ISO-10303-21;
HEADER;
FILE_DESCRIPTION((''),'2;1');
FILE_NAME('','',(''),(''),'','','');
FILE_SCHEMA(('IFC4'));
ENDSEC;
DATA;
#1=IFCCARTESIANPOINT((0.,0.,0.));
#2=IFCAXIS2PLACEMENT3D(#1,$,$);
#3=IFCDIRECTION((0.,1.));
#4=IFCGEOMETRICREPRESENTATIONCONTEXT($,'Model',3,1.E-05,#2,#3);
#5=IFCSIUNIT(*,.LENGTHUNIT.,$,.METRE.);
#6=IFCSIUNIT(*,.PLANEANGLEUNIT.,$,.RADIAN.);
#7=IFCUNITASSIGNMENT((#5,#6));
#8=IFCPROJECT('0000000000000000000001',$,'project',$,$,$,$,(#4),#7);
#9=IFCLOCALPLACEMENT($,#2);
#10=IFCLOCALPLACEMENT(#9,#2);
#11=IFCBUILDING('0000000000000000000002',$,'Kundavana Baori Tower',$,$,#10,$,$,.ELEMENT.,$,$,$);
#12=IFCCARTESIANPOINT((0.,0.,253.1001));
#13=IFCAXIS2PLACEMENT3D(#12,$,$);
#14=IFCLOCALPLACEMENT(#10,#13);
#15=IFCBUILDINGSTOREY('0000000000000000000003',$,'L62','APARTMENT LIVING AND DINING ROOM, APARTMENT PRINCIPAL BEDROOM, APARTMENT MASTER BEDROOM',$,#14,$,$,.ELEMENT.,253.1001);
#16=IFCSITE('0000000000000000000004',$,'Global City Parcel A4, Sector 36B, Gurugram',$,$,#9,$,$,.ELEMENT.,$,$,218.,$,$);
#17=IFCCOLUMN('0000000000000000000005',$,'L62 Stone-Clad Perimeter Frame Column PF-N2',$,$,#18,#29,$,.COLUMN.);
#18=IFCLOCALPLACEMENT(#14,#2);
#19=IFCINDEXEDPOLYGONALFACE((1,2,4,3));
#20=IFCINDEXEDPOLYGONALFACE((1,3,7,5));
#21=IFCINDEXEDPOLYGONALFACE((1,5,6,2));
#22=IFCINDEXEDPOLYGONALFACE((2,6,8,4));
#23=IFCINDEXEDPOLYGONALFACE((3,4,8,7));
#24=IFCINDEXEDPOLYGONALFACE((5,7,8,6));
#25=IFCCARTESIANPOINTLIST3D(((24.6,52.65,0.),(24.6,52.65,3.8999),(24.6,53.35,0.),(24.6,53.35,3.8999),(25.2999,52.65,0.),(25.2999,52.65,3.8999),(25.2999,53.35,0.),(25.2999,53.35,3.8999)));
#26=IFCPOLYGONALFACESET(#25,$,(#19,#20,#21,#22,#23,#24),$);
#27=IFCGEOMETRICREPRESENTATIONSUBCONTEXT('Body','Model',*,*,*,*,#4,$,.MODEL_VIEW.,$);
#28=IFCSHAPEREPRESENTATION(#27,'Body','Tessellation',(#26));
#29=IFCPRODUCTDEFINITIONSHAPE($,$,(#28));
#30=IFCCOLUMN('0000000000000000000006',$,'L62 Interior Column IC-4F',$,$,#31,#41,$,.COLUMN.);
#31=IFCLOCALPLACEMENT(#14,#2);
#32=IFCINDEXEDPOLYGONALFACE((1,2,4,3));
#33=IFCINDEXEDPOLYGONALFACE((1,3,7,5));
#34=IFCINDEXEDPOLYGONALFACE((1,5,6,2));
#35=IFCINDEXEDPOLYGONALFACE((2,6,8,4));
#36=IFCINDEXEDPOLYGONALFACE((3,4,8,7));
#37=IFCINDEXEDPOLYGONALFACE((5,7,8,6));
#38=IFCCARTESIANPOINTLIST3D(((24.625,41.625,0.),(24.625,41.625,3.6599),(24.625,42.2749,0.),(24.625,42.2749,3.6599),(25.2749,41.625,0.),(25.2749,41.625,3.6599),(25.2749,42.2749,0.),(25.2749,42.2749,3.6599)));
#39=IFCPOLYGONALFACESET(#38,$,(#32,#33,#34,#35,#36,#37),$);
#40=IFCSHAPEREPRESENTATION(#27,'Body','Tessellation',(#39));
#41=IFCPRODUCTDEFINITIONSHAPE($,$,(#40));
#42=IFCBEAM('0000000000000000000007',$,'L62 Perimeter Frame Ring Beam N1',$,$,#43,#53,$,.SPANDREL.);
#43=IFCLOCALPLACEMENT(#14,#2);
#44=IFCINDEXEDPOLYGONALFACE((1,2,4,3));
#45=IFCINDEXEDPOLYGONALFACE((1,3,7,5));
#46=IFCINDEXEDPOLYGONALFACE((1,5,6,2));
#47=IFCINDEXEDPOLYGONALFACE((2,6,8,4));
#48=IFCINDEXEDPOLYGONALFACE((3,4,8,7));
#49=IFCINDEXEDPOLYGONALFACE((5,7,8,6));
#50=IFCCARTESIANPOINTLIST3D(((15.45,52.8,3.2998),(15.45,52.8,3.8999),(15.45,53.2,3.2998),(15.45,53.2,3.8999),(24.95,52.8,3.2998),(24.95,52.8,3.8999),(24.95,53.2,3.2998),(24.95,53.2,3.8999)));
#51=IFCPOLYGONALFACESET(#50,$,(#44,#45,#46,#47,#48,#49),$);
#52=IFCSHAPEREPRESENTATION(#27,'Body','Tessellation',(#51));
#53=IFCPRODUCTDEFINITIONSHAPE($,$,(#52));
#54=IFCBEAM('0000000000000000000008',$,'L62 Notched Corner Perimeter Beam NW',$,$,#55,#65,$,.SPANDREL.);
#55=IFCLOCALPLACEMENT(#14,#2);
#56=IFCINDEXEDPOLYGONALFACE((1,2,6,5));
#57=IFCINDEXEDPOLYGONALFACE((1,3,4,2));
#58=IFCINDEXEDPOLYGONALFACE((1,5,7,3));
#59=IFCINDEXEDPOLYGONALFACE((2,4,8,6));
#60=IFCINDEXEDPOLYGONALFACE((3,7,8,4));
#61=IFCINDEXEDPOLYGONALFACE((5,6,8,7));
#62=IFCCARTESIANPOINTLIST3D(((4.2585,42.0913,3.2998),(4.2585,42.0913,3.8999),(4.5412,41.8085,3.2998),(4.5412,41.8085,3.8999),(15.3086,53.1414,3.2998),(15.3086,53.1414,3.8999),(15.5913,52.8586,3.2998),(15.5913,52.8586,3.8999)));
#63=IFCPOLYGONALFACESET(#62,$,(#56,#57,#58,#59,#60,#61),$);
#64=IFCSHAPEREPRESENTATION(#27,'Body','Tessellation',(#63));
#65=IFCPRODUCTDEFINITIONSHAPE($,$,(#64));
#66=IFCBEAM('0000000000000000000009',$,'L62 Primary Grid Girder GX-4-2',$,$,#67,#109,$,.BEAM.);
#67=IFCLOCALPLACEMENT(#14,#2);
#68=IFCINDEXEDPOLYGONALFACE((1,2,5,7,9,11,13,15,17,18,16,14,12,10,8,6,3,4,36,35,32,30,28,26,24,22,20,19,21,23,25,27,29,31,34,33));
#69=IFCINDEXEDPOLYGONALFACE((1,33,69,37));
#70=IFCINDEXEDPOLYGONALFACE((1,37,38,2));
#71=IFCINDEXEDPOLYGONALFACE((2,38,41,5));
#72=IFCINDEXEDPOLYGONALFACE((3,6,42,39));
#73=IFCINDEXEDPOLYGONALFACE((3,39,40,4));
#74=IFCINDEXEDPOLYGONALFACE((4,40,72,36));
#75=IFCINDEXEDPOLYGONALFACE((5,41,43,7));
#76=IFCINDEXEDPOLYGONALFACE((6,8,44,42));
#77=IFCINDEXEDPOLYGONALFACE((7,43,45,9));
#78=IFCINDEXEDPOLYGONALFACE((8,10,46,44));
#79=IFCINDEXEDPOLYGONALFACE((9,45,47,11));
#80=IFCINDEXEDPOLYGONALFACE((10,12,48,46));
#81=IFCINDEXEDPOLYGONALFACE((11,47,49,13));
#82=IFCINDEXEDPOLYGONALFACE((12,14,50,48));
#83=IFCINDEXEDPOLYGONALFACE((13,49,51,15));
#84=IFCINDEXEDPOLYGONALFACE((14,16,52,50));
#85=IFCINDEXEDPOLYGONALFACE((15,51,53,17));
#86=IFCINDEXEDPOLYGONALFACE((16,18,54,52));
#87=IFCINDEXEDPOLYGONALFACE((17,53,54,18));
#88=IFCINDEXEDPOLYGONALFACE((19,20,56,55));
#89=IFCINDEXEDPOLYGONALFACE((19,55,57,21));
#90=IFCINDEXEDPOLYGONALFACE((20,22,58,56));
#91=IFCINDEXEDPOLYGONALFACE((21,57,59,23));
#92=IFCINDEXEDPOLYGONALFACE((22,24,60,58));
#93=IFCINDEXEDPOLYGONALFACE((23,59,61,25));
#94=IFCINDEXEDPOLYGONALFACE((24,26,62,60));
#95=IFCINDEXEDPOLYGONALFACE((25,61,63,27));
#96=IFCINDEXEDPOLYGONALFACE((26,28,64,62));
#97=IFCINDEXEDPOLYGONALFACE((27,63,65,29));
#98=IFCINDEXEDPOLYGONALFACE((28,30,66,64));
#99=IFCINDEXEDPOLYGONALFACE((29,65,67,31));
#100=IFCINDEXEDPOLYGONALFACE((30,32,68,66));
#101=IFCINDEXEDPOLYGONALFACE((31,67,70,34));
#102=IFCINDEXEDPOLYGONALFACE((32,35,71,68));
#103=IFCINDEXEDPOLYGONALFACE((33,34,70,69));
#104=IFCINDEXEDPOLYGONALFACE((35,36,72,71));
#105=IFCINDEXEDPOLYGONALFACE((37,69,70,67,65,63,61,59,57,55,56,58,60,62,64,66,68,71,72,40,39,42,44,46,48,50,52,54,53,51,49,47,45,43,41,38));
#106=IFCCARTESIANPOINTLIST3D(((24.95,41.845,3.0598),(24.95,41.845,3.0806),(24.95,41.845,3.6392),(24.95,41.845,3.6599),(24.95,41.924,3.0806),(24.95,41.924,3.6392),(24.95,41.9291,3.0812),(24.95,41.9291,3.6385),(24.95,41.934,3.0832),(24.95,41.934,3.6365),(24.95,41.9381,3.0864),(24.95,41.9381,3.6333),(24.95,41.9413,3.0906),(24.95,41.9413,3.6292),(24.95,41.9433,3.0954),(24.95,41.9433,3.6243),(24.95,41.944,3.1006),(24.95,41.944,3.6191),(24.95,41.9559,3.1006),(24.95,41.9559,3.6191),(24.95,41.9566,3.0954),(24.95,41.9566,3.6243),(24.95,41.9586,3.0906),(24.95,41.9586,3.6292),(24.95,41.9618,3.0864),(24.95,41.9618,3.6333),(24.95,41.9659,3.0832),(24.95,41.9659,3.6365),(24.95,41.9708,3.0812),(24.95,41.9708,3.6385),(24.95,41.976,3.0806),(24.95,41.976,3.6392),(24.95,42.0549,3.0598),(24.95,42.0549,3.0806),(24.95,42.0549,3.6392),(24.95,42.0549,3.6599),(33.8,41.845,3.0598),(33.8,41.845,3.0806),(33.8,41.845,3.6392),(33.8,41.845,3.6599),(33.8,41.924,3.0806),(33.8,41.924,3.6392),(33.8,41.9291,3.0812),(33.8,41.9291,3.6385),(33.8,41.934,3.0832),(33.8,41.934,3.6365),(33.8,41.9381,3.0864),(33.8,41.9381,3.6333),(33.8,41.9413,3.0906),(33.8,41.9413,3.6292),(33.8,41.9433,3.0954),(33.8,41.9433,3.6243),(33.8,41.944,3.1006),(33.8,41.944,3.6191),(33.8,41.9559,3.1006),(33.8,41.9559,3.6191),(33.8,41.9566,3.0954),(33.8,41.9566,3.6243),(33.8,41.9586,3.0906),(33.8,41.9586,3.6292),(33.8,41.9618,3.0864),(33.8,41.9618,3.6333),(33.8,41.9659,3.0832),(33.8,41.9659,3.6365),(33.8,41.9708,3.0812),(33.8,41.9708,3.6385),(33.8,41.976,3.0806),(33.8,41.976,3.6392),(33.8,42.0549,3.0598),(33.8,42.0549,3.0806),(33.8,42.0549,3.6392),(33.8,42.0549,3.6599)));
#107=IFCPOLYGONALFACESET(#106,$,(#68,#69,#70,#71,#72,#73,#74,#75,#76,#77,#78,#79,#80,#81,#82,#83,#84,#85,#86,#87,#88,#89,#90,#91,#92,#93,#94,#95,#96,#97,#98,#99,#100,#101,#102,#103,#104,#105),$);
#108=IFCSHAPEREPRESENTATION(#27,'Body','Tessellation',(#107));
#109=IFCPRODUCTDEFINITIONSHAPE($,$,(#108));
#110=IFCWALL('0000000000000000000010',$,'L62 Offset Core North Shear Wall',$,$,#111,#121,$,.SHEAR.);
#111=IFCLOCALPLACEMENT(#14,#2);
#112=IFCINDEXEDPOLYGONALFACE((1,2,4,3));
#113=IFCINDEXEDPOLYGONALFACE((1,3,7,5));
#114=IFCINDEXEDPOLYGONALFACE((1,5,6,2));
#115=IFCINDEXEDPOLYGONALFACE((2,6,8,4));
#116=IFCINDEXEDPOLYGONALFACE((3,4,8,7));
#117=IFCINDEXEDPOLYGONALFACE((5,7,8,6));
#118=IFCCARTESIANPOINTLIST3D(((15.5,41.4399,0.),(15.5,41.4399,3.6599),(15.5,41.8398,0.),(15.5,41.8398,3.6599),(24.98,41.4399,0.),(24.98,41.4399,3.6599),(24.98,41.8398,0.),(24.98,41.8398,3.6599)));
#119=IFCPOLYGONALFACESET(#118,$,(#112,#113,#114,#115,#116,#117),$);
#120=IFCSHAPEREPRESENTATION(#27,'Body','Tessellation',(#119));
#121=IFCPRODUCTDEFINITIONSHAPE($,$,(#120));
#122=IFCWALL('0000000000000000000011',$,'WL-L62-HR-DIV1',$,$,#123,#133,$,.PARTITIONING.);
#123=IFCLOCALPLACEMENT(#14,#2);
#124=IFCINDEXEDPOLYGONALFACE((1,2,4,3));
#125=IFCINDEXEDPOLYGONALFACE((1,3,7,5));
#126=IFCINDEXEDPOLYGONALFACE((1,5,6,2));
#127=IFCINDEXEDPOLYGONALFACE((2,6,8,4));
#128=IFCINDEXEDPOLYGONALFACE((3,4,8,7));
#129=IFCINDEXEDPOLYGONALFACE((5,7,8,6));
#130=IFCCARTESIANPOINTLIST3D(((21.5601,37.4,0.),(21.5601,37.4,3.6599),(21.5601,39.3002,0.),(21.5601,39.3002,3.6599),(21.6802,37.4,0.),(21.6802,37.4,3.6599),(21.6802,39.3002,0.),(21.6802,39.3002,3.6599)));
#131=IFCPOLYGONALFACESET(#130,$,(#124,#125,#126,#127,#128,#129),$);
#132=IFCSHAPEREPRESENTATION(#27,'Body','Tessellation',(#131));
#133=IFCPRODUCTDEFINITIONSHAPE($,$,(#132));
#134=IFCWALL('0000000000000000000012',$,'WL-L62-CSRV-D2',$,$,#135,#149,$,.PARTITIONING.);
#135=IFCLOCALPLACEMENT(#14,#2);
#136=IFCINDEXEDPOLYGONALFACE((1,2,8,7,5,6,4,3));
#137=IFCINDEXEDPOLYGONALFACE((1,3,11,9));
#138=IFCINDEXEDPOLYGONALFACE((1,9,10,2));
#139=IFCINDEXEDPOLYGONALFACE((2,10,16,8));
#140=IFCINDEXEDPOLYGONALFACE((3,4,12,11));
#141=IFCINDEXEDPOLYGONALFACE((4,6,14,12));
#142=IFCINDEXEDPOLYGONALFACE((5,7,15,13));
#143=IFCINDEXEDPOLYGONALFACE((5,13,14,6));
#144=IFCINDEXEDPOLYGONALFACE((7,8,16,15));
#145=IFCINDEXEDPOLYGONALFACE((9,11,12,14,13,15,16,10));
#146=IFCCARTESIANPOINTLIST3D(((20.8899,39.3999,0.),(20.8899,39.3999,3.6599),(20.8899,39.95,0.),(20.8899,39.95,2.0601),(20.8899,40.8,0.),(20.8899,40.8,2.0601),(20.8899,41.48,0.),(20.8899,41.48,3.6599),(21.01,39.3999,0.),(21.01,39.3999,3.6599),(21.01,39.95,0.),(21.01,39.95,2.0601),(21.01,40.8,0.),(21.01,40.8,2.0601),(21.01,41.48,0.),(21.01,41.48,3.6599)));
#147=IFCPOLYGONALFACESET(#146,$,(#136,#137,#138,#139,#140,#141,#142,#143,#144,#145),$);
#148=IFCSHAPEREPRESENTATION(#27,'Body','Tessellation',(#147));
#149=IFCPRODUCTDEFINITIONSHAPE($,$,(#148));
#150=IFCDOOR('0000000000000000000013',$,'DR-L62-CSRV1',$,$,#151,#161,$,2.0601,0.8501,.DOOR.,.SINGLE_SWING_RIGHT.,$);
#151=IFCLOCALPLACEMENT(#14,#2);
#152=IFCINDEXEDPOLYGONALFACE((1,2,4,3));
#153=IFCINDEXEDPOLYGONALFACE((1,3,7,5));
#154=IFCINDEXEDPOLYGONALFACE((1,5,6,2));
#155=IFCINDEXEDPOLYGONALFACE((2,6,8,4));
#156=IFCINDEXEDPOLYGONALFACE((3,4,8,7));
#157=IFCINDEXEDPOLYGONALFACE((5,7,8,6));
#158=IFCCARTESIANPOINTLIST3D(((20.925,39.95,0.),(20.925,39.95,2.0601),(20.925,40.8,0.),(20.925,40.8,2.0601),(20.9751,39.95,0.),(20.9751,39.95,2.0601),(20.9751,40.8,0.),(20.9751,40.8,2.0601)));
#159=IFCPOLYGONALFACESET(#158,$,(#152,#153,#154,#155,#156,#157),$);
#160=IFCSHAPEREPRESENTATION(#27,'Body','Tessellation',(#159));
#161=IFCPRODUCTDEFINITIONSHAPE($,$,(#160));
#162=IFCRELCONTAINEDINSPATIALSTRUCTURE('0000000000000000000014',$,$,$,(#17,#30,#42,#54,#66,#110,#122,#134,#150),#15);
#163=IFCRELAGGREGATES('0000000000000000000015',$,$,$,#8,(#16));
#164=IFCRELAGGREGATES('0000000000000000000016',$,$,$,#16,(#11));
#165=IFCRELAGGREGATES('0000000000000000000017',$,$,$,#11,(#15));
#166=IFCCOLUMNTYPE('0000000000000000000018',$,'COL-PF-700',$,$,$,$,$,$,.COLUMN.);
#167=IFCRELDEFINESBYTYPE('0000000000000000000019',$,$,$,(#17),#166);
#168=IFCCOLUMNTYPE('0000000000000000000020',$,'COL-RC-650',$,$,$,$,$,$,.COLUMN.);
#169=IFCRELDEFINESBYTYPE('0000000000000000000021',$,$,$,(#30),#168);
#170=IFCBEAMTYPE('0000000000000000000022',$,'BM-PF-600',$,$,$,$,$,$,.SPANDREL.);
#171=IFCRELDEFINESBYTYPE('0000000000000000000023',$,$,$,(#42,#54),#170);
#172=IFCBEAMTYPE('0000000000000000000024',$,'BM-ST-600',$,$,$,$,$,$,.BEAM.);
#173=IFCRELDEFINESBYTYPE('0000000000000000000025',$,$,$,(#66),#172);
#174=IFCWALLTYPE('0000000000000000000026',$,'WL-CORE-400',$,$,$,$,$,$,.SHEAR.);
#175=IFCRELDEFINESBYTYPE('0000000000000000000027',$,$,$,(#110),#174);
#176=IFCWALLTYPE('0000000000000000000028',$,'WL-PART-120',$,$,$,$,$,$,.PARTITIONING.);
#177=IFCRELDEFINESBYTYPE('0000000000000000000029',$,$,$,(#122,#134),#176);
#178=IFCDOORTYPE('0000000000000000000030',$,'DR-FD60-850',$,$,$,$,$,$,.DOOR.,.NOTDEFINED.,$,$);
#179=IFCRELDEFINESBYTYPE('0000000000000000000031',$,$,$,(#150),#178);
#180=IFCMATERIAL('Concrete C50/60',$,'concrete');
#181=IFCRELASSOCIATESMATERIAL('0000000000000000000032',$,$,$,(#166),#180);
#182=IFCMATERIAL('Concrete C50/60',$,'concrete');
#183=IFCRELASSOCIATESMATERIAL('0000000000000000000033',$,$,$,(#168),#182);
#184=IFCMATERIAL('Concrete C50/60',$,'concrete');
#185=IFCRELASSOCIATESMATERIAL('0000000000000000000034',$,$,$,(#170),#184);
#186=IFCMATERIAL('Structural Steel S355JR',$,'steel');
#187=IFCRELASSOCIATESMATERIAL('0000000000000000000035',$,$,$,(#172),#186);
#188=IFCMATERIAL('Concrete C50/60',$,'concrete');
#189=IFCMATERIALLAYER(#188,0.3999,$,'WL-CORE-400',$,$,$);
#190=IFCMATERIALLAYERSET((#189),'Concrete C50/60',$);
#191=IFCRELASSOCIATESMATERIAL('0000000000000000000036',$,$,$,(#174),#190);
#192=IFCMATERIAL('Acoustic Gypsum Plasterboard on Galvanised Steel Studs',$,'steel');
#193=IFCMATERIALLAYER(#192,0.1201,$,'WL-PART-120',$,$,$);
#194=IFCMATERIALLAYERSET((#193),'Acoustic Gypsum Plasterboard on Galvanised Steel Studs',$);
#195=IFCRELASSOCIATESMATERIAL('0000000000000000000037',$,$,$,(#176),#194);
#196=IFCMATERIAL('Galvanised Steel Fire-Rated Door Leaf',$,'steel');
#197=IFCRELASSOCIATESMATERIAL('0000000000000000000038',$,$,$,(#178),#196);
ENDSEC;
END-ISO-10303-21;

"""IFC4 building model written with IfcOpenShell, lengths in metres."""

from ifc_helpers import new_model, si_unit, direction, frame, frame_2d, origin, origin_2d, place, context, subcontext, project, spatial, rectangle, i_section, extrude, material, layer, layer_set, material_profile, profile_set, type_object, element, fill, save


model = new_model("IFC4")

# Units and contexts
model_context = context("Model", 3, precision=1e-05, world=origin(), true_north=direction((0.0, 1.0)))
body_context = subcontext(model_context, "Body", "Model", "MODEL_VIEW")
ifc_project = project(units=[si_unit("LENGTHUNIT", "METRE"), si_unit("PLANEANGLEUNIT", "RADIAN")], contexts=[model_context])

# Site, building, storey
site_placement = place(None, origin())
site = spatial("IfcSite", under=ifc_project, at=site_placement, Name="Global City Parcel A4, Sector 36B, Gurugram", CompositionType="ELEMENT", RefElevation=218.0)
building_placement = place(site_placement, origin())
building = spatial("IfcBuilding", under=site, at=building_placement, Name="Kundavana Baori Tower", CompositionType="ELEMENT")
storey_placement = place(building_placement, frame((0.0, 0.0, 253.1001)))
storey = spatial("IfcBuildingStorey", under=building, at=storey_placement, Name="L62", Description="APARTMENT LIVING AND DINING ROOM, APARTMENT PRINCIPAL BEDROOM, APARTMENT MASTER BEDROOM", CompositionType="ELEMENT", Elevation=253.1001)

# Columns
ifc_material_1 = material(Name="Concrete C50/60", Category="concrete")
ifc_material_profile_1 = material_profile(ifc_material_1, rectangle(XDim=0.7, YDim=0.7, at=origin_2d()), Name="RC PF 700x700")
ifc_profile_set_1 = profile_set([ifc_material_profile_1], Name="Concrete C50/60")
column_type_1 = type_object("IfcColumnType", Name="COL-PF-700", PredefinedType="COLUMN", material=ifc_profile_set_1)
column_1_placement = place(storey_placement, frame((24.95, 53.0, 0.0), z_axis=(0.0, 0.0, 1.0), x_axis=(1.0, 0.0, 0.0)))
element("IfcColumn", 1, at=column_1_placement, inside=storey, type_object=column_type_1, Name="L62 Stone-Clad Perimeter Frame Column PF-N2", PredefinedType="COLUMN", context=body_context, shape_type="SweptSolid", body=[
    extrude(rectangle(XDim=0.7, YDim=0.7, at=origin_2d()), origin(), (0.0, 0.0, 1.0), 3.8999),
])
ifc_material_2 = material(Name="Concrete C50/60", Category="concrete")
ifc_material_profile_2 = material_profile(ifc_material_2, rectangle(XDim=0.6499, YDim=0.6499, at=origin_2d()), Name="RC 650x650")
ifc_profile_set_2 = profile_set([ifc_material_profile_2], Name="Concrete C50/60")
column_type_2 = type_object("IfcColumnType", Name="COL-RC-650", PredefinedType="COLUMN", material=ifc_profile_set_2)
column_2_placement = place(storey_placement, frame((24.95, 41.95, 0.0), z_axis=(0.0, 0.0, 1.0), x_axis=(1.0, 0.0, 0.0)))
element("IfcColumn", 2, at=column_2_placement, inside=storey, type_object=column_type_2, Name="L62 Interior Column IC-4F", PredefinedType="COLUMN", context=body_context, shape_type="SweptSolid", body=[
    extrude(rectangle(XDim=0.6499, YDim=0.6499, at=origin_2d()), origin(), (0.0, 0.0, 1.0), 3.6599),
])

# Beams
ifc_material_3 = material(Name="Concrete C50/60", Category="concrete")
ifc_material_profile_3 = material_profile(ifc_material_3, rectangle(XDim=0.3999, YDim=0.6001, at=origin_2d()), Name="RC BM 400x600")
ifc_profile_set_3 = profile_set([ifc_material_profile_3], Name="Concrete C50/60")
beam_type_1 = type_object("IfcBeamType", Name="BM-PF-600", PredefinedType="SPANDREL", material=ifc_profile_set_3)
beam_1_placement = place(storey_placement, frame((15.45, 53.0, 3.5999), z_axis=(1.0, 0.0, 0.0), x_axis=(0.0, 1.0, 0.0)))
element("IfcBeam", 3, at=beam_1_placement, inside=storey, type_object=beam_type_1, Name="L62 Perimeter Frame Ring Beam N1", PredefinedType="SPANDREL", context=body_context, shape_type="SweptSolid", body=[
    extrude(rectangle(XDim=0.3999, YDim=0.6001, at=origin_2d()), origin(), (0.0, 0.0, 1.0), 9.5),
])
beam_2_placement = place(storey_placement, frame((15.45, 53.0, 3.5999), z_axis=(-0.707107, -0.707107, 0.0), x_axis=(0.707107, -0.707107, 0.0)))
element("IfcBeam", 4, at=beam_2_placement, inside=storey, type_object=beam_type_1, Name="L62 Notched Corner Perimeter Beam NW", PredefinedType="SPANDREL", context=body_context, shape_type="SweptSolid", body=[
    extrude(rectangle(XDim=0.3999, YDim=0.6001, at=origin_2d()), origin(), (0.0, 0.0, 1.0), 15.6272),
])
ifc_material_4 = material(Name="Structural Steel S355JR", Category="steel")
ifc_material_profile_4 = material_profile(ifc_material_4, i_section(OverallWidth=0.21, OverallDepth=0.6001, WebThickness=0.012, FlangeThickness=0.0208, FilletRadius=0.02, at=origin_2d()), Name="ISMB 600")
ifc_profile_set_4 = profile_set([ifc_material_profile_4], Name="Structural Steel S355JR")
beam_type_2 = type_object("IfcBeamType", Name="BM-ST-600", PredefinedType="BEAM", material=ifc_profile_set_4)
beam_3_placement = place(storey_placement, frame((24.95, 41.95, 3.3599), z_axis=(1.0, 0.0, 0.0), x_axis=(0.0, 1.0, 0.0)))
element("IfcBeam", 5, at=beam_3_placement, inside=storey, type_object=beam_type_2, Name="L62 Primary Grid Girder GX-4-2", PredefinedType="BEAM", context=body_context, shape_type="SweptSolid", body=[
    extrude(i_section(OverallWidth=0.21, OverallDepth=0.6001, WebThickness=0.012, FlangeThickness=0.0208, FilletRadius=0.02, at=origin_2d()), origin(), (0.0, 0.0, 1.0), 8.8501),
])

# Walls
ifc_material_5 = material(Name="Concrete C50/60", Category="concrete")
ifc_layer_1 = layer(ifc_material_5, 0.3999, Name="WL-CORE-400")
ifc_layer_set_1 = layer_set([ifc_layer_1], Name="Concrete C50/60")
wall_type_1 = type_object("IfcWallType", Name="WL-CORE-400", PredefinedType="SHEAR", material=ifc_layer_set_1)
wall_1_placement = place(storey_placement, frame((15.5, 41.6399, 0.0), z_axis=(0.0, 0.0, 1.0), x_axis=(1.0, 0.0, 0.0)))
element("IfcWall", 6, at=wall_1_placement, inside=storey, type_object=wall_type_1, Name="L62 Offset Core North Shear Wall", PredefinedType="SHEAR", context=body_context, shape_type="SweptSolid", body=[
    extrude(rectangle(XDim=9.48, YDim=0.3999, at=frame_2d((4.74, 0.0))), origin(), (0.0, 0.0, 1.0), 3.6599),
])
ifc_material_6 = material(Name="Acoustic Gypsum Plasterboard on Galvanised Steel Studs", Category="steel")
ifc_layer_2 = layer(ifc_material_6, 0.1201, Name="WL-PART-120")
ifc_layer_set_2 = layer_set([ifc_layer_2], Name="Acoustic Gypsum Plasterboard on Galvanised Steel Studs")
wall_type_2 = type_object("IfcWallType", Name="WL-PART-120", PredefinedType="PARTITIONING", material=ifc_layer_set_2)
wall_2_placement = place(storey_placement, frame((21.6201, 37.3999, 0.0), z_axis=(0.0, 0.0, 1.0), x_axis=(0.0, 1.0, 0.0)))
element("IfcWall", 7, at=wall_2_placement, inside=storey, type_object=wall_type_2, Name="WL-L62-HR-DIV1", PredefinedType="PARTITIONING", context=body_context, shape_type="SweptSolid", body=[
    extrude(rectangle(XDim=1.9001, YDim=0.1201, at=frame_2d((0.9502, 0.0))), origin(), (0.0, 0.0, 1.0), 3.6599),
])

# Wall, opening, door
wall_3_placement = place(storey_placement, frame((20.95, 39.3999, 0.0), z_axis=(0.0, 0.0, 1.0), x_axis=(0.0, 1.0, 0.0)))
wall_3 = element("IfcWall", 8, at=wall_3_placement, inside=storey, type_object=wall_type_2, Name="WL-L62-CSRV-D2", PredefinedType="PARTITIONING", context=body_context, shape_type="SweptSolid", body=[
    extrude(rectangle(XDim=2.0801, YDim=0.1201, at=frame_2d((1.04, 0.0))), origin(), (0.0, 0.0, 1.0), 3.6599),
])
opening_1_placement = place(wall_3_placement, frame((0.55, 0.0, 0.0)))
opening_1 = element("IfcOpeningElement", 9, at=opening_1_placement, cuts=wall_3, PredefinedType="OPENING", context=body_context, shape_type="SweptSolid", body=[
    extrude(rectangle(XDim=0.8501, YDim=2.0601, at=frame_2d((0.425, 1.03))), frame((0.0, 0.0701, 0.0), z_axis=(0.0, -1.0, 0.0), x_axis=(1.0, 0.0, 0.0)), (0.0, 0.0, 1.0), 0.1401),
])
ifc_material_7 = material(Name="Galvanised Steel Fire-Rated Door Leaf", Category="steel")
door_type_1 = type_object("IfcDoorType", Name="DR-FD60-850", OperationType="NOTDEFINED", PredefinedType="DOOR", material=ifc_material_7)
door_1_placement = place(opening_1_placement, origin())
door_1 = element("IfcDoor", 10, at=door_1_placement, inside=storey, type_object=door_type_1, Name="DR-L62-CSRV1", OperationType="SINGLE_SWING_RIGHT", OverallHeight=2.0601, OverallWidth=0.8501, PredefinedType="DOOR", context=body_context, shape_type="SweptSolid", body=[
    extrude(rectangle(XDim=0.8501, YDim=2.0601, at=frame_2d((0.425, 1.03))), frame((0.0, 0.0249, 0.0), z_axis=(0.0, -1.0, 0.0), x_axis=(1.0, 0.0, 0.0)), (0.0, 0.0, 1.0), 0.05),
])
fill(opening_1, door_1)

save(model, "model.ifc")
